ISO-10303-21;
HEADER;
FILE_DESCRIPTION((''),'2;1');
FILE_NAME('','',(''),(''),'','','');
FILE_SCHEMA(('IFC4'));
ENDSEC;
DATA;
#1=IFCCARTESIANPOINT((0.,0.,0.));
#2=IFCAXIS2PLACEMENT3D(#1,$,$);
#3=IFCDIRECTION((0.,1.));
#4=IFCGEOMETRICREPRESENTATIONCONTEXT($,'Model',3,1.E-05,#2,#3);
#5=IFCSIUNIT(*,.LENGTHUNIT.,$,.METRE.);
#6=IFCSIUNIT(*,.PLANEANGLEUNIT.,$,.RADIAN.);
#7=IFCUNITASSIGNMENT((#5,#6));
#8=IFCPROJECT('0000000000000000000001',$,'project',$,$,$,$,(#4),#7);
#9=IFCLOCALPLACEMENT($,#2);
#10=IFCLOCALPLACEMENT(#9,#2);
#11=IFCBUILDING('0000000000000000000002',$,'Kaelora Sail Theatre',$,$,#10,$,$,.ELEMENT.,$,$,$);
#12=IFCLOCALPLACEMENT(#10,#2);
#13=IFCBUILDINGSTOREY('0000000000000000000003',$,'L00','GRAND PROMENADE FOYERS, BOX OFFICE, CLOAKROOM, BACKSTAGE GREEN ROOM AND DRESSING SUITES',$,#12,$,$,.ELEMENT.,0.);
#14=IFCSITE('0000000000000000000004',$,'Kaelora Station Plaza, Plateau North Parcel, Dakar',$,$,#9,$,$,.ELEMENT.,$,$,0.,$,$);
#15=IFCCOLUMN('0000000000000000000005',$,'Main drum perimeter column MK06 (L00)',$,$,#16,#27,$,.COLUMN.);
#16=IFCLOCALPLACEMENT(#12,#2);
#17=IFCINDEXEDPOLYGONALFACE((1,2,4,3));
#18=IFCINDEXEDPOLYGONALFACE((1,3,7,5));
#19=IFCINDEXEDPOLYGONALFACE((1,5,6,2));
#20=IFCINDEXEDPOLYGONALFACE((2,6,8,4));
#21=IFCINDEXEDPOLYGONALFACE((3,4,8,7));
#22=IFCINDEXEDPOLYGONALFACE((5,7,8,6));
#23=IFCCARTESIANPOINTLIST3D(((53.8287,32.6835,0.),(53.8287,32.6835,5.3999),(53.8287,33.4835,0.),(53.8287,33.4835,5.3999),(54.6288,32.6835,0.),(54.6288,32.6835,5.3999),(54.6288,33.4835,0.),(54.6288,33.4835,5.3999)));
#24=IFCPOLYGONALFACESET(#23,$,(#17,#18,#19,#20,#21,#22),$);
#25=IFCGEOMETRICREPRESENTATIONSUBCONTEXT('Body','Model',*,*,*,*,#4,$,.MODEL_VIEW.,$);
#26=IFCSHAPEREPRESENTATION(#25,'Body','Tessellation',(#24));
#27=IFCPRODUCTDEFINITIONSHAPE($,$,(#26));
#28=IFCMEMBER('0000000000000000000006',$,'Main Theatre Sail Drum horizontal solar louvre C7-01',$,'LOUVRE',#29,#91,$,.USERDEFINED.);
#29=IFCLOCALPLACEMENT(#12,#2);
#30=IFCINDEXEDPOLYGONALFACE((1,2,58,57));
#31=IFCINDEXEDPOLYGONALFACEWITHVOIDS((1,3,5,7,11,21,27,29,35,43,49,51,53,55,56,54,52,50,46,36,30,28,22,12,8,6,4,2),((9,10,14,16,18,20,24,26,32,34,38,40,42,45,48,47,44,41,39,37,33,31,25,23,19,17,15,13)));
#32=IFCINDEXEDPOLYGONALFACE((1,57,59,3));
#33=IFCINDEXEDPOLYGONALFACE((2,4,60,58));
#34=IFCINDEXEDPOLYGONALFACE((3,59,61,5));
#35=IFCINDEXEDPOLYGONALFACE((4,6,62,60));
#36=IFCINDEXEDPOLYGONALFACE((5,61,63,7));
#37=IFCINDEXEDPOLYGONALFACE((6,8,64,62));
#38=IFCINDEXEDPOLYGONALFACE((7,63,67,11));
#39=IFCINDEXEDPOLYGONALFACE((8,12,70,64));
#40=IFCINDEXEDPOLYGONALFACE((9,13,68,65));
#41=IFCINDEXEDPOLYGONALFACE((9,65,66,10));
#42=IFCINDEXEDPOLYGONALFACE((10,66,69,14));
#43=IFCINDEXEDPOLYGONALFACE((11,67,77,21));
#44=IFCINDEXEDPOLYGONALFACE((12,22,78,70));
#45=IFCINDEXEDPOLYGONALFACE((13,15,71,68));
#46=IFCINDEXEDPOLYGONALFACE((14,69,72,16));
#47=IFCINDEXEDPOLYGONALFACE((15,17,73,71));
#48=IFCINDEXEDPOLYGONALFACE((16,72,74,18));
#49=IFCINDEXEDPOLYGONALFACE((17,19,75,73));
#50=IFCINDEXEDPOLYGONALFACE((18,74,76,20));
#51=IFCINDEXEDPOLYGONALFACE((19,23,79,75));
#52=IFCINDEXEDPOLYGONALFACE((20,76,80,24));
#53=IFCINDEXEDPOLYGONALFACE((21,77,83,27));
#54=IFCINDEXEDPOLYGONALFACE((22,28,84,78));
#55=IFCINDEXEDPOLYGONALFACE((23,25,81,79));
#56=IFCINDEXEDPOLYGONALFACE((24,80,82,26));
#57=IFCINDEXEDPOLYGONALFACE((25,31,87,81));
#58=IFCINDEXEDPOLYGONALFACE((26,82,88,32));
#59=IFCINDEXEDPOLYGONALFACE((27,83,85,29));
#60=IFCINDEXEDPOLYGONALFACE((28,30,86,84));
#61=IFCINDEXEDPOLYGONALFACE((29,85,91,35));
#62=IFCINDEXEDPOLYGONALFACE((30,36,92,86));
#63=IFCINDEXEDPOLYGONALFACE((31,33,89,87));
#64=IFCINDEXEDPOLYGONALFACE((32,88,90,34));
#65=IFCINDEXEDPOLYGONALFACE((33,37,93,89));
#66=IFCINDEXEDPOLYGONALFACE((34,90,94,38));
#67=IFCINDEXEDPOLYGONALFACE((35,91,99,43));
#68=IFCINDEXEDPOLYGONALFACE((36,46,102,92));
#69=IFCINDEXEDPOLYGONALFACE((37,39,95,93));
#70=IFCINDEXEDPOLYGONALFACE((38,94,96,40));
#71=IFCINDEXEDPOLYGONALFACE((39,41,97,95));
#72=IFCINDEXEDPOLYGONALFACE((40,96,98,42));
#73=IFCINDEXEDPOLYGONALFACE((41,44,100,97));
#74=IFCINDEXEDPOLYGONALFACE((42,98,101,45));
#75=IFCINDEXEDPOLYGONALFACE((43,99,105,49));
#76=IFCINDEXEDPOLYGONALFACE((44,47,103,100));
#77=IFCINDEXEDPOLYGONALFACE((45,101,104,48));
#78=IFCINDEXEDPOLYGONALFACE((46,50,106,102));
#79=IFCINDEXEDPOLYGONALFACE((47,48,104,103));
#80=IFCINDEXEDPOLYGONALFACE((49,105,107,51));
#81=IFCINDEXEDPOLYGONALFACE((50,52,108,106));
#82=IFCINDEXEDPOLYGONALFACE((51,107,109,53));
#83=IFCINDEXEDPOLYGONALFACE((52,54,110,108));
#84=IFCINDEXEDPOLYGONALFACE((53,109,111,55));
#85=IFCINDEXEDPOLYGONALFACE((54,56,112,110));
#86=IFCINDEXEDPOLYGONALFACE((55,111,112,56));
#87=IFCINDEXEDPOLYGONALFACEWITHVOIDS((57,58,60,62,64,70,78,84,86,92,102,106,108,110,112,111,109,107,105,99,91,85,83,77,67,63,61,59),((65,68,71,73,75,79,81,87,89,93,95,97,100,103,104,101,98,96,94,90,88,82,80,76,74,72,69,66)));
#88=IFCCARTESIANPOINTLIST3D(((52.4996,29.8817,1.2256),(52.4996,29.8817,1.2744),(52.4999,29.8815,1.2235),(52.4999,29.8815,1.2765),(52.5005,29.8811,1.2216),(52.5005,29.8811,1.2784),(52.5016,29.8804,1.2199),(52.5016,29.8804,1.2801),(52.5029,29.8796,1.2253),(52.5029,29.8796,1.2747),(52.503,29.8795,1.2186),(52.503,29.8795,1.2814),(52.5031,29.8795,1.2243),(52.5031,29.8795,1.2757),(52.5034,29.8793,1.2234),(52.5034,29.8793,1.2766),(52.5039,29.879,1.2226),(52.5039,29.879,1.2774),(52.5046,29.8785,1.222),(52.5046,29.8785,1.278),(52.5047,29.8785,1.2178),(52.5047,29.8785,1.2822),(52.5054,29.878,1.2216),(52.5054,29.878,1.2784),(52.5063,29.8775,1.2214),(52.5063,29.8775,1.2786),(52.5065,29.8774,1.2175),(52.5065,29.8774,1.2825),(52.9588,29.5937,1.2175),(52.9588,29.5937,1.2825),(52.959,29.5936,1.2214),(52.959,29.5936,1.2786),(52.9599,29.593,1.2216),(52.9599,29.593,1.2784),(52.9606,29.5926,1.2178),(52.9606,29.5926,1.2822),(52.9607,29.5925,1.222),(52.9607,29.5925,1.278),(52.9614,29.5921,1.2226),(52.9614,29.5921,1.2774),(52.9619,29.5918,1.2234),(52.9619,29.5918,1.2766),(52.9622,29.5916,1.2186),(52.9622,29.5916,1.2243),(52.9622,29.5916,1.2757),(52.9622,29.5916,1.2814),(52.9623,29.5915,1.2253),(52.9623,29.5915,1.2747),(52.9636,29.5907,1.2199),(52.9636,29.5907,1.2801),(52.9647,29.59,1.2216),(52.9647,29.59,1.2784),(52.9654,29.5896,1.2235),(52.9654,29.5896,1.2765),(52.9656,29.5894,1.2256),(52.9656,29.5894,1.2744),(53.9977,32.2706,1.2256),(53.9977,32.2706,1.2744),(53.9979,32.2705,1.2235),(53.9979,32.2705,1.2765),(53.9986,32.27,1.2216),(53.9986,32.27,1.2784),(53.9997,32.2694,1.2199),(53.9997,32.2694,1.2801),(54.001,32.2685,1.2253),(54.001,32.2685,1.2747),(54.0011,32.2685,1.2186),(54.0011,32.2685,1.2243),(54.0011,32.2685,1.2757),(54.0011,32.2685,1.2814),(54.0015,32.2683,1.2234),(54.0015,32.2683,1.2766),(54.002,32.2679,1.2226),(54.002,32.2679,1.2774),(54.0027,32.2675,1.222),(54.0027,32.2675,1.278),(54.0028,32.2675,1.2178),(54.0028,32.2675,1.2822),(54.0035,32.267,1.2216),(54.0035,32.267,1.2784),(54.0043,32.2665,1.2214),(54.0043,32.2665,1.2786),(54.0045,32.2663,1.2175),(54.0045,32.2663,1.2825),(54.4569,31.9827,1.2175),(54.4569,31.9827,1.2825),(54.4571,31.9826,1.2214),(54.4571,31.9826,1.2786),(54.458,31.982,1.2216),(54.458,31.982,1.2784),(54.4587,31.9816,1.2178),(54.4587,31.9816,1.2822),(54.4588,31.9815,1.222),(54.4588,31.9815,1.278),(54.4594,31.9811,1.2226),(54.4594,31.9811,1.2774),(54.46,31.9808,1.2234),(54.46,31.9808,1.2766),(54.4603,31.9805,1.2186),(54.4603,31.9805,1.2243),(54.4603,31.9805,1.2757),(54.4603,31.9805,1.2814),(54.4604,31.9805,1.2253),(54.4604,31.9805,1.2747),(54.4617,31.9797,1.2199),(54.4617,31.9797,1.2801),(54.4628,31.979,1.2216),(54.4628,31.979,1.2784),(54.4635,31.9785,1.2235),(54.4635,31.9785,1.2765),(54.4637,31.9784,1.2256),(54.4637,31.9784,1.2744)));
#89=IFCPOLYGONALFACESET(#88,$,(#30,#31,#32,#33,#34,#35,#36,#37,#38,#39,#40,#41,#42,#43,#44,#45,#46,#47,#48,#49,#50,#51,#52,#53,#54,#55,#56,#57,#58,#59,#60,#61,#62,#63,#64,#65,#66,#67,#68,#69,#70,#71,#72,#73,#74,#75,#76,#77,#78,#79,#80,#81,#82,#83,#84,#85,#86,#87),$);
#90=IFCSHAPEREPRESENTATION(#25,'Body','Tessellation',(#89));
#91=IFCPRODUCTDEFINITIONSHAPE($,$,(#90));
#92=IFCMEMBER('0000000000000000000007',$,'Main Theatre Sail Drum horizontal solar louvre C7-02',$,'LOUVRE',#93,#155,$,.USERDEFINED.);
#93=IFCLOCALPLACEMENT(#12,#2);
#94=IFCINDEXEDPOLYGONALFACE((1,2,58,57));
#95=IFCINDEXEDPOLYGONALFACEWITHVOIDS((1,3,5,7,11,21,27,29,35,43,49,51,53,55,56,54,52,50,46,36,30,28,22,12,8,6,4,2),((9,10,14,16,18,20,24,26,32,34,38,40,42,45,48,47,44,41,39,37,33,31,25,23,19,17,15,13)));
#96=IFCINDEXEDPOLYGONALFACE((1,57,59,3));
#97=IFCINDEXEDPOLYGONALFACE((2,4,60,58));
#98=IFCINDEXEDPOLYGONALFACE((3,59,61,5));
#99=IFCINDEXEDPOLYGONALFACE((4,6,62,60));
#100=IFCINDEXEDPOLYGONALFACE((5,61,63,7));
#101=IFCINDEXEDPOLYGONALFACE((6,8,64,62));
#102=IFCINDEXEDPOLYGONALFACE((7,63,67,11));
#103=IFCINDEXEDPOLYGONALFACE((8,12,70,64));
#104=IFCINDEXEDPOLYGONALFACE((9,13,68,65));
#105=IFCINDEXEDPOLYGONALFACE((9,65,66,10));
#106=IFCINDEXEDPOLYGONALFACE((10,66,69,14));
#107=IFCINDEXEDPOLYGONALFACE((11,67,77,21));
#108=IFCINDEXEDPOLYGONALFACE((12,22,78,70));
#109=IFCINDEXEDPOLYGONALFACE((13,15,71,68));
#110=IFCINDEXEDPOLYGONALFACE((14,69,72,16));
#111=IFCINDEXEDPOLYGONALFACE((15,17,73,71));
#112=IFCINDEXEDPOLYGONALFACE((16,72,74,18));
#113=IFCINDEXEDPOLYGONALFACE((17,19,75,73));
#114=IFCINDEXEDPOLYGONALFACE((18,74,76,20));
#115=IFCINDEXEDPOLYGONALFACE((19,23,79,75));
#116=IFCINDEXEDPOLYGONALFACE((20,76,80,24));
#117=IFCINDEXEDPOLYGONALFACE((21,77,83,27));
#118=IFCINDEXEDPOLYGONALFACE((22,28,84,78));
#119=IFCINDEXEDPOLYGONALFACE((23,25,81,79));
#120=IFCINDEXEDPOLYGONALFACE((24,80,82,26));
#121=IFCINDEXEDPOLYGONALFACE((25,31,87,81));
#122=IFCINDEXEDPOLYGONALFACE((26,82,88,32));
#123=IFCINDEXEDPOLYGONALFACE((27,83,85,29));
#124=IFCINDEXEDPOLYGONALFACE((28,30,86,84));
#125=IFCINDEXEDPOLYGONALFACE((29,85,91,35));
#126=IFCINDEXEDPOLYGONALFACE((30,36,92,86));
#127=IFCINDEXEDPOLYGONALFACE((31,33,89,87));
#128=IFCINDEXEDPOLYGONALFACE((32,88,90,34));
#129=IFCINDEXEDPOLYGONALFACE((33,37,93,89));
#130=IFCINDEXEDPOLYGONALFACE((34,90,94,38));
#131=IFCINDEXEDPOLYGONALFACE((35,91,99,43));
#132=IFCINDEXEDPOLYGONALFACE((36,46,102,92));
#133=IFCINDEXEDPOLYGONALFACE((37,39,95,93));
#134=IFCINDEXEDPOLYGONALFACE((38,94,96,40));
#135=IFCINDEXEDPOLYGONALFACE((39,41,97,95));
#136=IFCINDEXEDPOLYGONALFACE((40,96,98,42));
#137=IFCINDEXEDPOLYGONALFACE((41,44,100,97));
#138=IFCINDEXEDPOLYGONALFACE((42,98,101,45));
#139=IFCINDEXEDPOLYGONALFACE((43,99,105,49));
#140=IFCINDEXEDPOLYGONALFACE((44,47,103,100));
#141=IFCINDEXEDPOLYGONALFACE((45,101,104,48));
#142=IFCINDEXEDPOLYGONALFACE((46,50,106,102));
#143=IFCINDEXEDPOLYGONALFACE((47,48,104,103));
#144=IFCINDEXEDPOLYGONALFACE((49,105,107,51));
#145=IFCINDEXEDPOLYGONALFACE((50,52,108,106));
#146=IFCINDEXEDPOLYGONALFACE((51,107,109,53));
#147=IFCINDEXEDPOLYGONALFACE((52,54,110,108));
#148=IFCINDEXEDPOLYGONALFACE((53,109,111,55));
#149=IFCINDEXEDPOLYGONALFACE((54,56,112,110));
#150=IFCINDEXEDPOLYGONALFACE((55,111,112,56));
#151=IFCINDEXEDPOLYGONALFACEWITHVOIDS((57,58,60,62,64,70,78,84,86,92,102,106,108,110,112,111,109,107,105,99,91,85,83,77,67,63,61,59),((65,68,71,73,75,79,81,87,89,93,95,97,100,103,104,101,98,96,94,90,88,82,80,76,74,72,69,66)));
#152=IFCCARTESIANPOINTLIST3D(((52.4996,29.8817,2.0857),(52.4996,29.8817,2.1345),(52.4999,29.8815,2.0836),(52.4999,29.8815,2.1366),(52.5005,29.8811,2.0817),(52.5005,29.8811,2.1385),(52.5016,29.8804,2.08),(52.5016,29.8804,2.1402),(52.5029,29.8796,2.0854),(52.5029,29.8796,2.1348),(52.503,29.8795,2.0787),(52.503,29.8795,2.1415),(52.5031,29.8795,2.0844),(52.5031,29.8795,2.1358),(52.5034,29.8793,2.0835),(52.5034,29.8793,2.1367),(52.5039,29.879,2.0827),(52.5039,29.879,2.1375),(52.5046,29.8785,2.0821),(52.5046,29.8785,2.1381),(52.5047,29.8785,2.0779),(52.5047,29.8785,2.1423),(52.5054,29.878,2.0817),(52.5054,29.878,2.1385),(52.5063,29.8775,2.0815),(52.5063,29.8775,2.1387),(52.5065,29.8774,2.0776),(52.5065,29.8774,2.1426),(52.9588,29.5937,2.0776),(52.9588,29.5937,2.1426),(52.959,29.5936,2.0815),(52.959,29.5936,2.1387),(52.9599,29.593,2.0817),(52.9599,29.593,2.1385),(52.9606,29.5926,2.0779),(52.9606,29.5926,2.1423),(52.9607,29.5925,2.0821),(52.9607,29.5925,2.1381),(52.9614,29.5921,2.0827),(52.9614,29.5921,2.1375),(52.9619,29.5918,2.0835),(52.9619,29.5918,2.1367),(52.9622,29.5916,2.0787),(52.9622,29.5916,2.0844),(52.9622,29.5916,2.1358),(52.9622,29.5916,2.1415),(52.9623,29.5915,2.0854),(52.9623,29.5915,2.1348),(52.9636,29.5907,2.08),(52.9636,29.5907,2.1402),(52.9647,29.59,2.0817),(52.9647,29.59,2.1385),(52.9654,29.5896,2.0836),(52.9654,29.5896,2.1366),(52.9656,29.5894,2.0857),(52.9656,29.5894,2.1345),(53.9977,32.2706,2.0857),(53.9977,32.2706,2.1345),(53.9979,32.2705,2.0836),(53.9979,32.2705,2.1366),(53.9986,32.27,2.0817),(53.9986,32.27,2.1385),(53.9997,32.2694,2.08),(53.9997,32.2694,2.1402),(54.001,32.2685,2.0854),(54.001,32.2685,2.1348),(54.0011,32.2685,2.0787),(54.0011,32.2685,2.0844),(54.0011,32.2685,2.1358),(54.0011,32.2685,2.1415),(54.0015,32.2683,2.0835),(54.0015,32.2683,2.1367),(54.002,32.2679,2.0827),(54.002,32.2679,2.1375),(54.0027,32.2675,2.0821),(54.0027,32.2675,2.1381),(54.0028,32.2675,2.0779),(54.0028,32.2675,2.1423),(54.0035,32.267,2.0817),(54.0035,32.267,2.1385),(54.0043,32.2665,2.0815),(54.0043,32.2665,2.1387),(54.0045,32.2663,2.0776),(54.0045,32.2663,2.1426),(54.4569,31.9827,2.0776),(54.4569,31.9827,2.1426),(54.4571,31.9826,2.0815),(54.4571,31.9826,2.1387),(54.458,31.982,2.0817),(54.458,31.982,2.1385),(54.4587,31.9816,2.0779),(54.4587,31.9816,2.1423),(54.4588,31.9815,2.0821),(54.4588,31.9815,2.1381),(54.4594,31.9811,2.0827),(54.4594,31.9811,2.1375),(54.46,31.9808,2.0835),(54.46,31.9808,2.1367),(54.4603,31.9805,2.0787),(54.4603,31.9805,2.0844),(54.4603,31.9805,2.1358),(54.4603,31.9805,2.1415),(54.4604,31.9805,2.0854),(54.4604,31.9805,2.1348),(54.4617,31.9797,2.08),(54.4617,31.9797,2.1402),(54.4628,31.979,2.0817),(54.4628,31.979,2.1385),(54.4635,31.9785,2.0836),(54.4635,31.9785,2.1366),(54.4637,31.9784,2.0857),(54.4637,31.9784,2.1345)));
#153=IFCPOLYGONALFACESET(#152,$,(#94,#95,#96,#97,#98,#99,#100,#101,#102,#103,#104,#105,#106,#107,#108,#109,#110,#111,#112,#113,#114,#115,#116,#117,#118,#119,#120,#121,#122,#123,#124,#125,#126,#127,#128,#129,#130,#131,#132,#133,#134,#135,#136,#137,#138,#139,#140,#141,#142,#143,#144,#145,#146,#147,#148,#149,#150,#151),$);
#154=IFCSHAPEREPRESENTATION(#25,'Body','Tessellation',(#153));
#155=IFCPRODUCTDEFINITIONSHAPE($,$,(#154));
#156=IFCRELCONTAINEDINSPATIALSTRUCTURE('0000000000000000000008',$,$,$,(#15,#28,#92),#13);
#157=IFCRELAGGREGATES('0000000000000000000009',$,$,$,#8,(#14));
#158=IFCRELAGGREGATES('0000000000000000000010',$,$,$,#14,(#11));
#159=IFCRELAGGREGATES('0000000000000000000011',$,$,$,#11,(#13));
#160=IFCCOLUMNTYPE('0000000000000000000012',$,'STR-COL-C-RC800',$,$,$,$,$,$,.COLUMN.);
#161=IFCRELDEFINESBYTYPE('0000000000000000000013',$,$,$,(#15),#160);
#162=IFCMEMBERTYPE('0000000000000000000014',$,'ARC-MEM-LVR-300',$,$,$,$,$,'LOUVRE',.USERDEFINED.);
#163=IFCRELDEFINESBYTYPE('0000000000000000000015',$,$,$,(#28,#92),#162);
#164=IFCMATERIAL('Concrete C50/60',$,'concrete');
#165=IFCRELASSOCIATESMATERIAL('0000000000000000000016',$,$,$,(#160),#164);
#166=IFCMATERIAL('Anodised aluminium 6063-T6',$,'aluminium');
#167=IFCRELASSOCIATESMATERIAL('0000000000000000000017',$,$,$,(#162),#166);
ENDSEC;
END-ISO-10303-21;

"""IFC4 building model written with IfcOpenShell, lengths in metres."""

from ifc_helpers import new_model, si_unit, direction, frame, origin, origin_2d, place, context, subcontext, project, spatial, rectangle, hollow_rectangle, extrude, material, material_profile, profile_set, type_object, element, save


model = new_model("IFC4")

# Units and contexts
model_context = context("Model", 3, precision=1e-05, world=origin(), true_north=direction((0.0, 1.0)))
body_context = subcontext(model_context, "Body", "Model", "MODEL_VIEW")
ifc_project = project(units=[si_unit("LENGTHUNIT", "METRE"), si_unit("PLANEANGLEUNIT", "RADIAN")], contexts=[model_context])

# Site, building, storey
site_placement = place(None, origin())
site = spatial("IfcSite", under=ifc_project, at=site_placement, Name="Kaelora Station Plaza, Plateau North Parcel, Dakar", CompositionType="ELEMENT", RefElevation=0.0)
building_placement = place(site_placement, origin())
building = spatial("IfcBuilding", under=site, at=building_placement, Name="Kaelora Sail Theatre", CompositionType="ELEMENT")
storey_placement = place(building_placement, origin())
storey = spatial("IfcBuildingStorey", under=building, at=storey_placement, Name="L00", Description="GRAND PROMENADE FOYERS, BOX OFFICE, CLOAKROOM, BACKSTAGE GREEN ROOM AND DRESSING SUITES", CompositionType="ELEMENT", Elevation=0.0)

# Column
ifc_material_1 = material(Name="Concrete C50/60", Category="concrete")
ifc_material_profile_1 = material_profile(ifc_material_1, rectangle(XDim=0.8, YDim=0.8, at=origin_2d()), Name="RC-COL 800x800")
ifc_profile_set_1 = profile_set([ifc_material_profile_1], Name="Concrete C50/60")
column_type = type_object("IfcColumnType", Name="STR-COL-C-RC800", PredefinedType="COLUMN", material=ifc_profile_set_1)
column_placement = place(storey_placement, frame((54.2288, 33.0835, 0.0), z_axis=(0.0, 0.0, 1.0), x_axis=(1.0, 0.0, 0.0)))
element("IfcColumn", 1, at=column_placement, inside=storey, type_object=column_type, Name="Main drum perimeter column MK06 (L00)", PredefinedType="COLUMN", context=body_context, shape_type="SweptSolid", body=[
    extrude(rectangle(XDim=0.8, YDim=0.8, at=origin_2d()), origin(), (0.0, 0.0, 1.0), 5.3999),
])

# Members
ifc_material_2 = material(Name="Anodised aluminium 6063-T6", Category="aluminium")
ifc_material_profile_2 = material_profile(ifc_material_2, hollow_rectangle(XDim=0.55, YDim=0.0649, WallThickness=0.0039, InnerFilletRadius=0.0039, OuterFilletRadius=0.0081, at=origin_2d()), Name="LOUVRE 550x65x4")
ifc_profile_set_2 = profile_set([ifc_material_profile_2], Name="Anodised aluminium 6063-T6")
member_type_1 = type_object("IfcMemberType", Name="ARC-MEM-LVR-300", ElementType="LOUVRE", PredefinedType="USERDEFINED", material=ifc_profile_set_2)
for number, where, z_axis, x_axis, name in (
    (2, (54.2307, 32.1245, 1.25), (-0.531267, -0.847204, 0.0), (0.847204, -0.531267, 0.0), "Main Theatre Sail Drum horizontal solar louvre C7-01"),
    (3, (54.2307, 32.1245, 2.1101), (-0.531267, -0.847204, 0.0), (0.847204, -0.531267, 0.0), "Main Theatre Sail Drum horizontal solar louvre C7-02"),
):
    element("IfcMember", number, at=place(storey_placement, frame(where, z_axis=z_axis, x_axis=x_axis)), inside=storey, type_object=member_type_1, Name=name, ObjectType="LOUVRE", PredefinedType="USERDEFINED", context=body_context, shape_type="SweptSolid", body=[
        extrude(hollow_rectangle(XDim=0.55, YDim=0.0649, WallThickness=0.0039, InnerFilletRadius=0.0039, OuterFilletRadius=0.0081, at=origin_2d()), origin(), (0.0, 0.0, 1.0), 2.8198),
    ])

save(model, "model.ifc")
